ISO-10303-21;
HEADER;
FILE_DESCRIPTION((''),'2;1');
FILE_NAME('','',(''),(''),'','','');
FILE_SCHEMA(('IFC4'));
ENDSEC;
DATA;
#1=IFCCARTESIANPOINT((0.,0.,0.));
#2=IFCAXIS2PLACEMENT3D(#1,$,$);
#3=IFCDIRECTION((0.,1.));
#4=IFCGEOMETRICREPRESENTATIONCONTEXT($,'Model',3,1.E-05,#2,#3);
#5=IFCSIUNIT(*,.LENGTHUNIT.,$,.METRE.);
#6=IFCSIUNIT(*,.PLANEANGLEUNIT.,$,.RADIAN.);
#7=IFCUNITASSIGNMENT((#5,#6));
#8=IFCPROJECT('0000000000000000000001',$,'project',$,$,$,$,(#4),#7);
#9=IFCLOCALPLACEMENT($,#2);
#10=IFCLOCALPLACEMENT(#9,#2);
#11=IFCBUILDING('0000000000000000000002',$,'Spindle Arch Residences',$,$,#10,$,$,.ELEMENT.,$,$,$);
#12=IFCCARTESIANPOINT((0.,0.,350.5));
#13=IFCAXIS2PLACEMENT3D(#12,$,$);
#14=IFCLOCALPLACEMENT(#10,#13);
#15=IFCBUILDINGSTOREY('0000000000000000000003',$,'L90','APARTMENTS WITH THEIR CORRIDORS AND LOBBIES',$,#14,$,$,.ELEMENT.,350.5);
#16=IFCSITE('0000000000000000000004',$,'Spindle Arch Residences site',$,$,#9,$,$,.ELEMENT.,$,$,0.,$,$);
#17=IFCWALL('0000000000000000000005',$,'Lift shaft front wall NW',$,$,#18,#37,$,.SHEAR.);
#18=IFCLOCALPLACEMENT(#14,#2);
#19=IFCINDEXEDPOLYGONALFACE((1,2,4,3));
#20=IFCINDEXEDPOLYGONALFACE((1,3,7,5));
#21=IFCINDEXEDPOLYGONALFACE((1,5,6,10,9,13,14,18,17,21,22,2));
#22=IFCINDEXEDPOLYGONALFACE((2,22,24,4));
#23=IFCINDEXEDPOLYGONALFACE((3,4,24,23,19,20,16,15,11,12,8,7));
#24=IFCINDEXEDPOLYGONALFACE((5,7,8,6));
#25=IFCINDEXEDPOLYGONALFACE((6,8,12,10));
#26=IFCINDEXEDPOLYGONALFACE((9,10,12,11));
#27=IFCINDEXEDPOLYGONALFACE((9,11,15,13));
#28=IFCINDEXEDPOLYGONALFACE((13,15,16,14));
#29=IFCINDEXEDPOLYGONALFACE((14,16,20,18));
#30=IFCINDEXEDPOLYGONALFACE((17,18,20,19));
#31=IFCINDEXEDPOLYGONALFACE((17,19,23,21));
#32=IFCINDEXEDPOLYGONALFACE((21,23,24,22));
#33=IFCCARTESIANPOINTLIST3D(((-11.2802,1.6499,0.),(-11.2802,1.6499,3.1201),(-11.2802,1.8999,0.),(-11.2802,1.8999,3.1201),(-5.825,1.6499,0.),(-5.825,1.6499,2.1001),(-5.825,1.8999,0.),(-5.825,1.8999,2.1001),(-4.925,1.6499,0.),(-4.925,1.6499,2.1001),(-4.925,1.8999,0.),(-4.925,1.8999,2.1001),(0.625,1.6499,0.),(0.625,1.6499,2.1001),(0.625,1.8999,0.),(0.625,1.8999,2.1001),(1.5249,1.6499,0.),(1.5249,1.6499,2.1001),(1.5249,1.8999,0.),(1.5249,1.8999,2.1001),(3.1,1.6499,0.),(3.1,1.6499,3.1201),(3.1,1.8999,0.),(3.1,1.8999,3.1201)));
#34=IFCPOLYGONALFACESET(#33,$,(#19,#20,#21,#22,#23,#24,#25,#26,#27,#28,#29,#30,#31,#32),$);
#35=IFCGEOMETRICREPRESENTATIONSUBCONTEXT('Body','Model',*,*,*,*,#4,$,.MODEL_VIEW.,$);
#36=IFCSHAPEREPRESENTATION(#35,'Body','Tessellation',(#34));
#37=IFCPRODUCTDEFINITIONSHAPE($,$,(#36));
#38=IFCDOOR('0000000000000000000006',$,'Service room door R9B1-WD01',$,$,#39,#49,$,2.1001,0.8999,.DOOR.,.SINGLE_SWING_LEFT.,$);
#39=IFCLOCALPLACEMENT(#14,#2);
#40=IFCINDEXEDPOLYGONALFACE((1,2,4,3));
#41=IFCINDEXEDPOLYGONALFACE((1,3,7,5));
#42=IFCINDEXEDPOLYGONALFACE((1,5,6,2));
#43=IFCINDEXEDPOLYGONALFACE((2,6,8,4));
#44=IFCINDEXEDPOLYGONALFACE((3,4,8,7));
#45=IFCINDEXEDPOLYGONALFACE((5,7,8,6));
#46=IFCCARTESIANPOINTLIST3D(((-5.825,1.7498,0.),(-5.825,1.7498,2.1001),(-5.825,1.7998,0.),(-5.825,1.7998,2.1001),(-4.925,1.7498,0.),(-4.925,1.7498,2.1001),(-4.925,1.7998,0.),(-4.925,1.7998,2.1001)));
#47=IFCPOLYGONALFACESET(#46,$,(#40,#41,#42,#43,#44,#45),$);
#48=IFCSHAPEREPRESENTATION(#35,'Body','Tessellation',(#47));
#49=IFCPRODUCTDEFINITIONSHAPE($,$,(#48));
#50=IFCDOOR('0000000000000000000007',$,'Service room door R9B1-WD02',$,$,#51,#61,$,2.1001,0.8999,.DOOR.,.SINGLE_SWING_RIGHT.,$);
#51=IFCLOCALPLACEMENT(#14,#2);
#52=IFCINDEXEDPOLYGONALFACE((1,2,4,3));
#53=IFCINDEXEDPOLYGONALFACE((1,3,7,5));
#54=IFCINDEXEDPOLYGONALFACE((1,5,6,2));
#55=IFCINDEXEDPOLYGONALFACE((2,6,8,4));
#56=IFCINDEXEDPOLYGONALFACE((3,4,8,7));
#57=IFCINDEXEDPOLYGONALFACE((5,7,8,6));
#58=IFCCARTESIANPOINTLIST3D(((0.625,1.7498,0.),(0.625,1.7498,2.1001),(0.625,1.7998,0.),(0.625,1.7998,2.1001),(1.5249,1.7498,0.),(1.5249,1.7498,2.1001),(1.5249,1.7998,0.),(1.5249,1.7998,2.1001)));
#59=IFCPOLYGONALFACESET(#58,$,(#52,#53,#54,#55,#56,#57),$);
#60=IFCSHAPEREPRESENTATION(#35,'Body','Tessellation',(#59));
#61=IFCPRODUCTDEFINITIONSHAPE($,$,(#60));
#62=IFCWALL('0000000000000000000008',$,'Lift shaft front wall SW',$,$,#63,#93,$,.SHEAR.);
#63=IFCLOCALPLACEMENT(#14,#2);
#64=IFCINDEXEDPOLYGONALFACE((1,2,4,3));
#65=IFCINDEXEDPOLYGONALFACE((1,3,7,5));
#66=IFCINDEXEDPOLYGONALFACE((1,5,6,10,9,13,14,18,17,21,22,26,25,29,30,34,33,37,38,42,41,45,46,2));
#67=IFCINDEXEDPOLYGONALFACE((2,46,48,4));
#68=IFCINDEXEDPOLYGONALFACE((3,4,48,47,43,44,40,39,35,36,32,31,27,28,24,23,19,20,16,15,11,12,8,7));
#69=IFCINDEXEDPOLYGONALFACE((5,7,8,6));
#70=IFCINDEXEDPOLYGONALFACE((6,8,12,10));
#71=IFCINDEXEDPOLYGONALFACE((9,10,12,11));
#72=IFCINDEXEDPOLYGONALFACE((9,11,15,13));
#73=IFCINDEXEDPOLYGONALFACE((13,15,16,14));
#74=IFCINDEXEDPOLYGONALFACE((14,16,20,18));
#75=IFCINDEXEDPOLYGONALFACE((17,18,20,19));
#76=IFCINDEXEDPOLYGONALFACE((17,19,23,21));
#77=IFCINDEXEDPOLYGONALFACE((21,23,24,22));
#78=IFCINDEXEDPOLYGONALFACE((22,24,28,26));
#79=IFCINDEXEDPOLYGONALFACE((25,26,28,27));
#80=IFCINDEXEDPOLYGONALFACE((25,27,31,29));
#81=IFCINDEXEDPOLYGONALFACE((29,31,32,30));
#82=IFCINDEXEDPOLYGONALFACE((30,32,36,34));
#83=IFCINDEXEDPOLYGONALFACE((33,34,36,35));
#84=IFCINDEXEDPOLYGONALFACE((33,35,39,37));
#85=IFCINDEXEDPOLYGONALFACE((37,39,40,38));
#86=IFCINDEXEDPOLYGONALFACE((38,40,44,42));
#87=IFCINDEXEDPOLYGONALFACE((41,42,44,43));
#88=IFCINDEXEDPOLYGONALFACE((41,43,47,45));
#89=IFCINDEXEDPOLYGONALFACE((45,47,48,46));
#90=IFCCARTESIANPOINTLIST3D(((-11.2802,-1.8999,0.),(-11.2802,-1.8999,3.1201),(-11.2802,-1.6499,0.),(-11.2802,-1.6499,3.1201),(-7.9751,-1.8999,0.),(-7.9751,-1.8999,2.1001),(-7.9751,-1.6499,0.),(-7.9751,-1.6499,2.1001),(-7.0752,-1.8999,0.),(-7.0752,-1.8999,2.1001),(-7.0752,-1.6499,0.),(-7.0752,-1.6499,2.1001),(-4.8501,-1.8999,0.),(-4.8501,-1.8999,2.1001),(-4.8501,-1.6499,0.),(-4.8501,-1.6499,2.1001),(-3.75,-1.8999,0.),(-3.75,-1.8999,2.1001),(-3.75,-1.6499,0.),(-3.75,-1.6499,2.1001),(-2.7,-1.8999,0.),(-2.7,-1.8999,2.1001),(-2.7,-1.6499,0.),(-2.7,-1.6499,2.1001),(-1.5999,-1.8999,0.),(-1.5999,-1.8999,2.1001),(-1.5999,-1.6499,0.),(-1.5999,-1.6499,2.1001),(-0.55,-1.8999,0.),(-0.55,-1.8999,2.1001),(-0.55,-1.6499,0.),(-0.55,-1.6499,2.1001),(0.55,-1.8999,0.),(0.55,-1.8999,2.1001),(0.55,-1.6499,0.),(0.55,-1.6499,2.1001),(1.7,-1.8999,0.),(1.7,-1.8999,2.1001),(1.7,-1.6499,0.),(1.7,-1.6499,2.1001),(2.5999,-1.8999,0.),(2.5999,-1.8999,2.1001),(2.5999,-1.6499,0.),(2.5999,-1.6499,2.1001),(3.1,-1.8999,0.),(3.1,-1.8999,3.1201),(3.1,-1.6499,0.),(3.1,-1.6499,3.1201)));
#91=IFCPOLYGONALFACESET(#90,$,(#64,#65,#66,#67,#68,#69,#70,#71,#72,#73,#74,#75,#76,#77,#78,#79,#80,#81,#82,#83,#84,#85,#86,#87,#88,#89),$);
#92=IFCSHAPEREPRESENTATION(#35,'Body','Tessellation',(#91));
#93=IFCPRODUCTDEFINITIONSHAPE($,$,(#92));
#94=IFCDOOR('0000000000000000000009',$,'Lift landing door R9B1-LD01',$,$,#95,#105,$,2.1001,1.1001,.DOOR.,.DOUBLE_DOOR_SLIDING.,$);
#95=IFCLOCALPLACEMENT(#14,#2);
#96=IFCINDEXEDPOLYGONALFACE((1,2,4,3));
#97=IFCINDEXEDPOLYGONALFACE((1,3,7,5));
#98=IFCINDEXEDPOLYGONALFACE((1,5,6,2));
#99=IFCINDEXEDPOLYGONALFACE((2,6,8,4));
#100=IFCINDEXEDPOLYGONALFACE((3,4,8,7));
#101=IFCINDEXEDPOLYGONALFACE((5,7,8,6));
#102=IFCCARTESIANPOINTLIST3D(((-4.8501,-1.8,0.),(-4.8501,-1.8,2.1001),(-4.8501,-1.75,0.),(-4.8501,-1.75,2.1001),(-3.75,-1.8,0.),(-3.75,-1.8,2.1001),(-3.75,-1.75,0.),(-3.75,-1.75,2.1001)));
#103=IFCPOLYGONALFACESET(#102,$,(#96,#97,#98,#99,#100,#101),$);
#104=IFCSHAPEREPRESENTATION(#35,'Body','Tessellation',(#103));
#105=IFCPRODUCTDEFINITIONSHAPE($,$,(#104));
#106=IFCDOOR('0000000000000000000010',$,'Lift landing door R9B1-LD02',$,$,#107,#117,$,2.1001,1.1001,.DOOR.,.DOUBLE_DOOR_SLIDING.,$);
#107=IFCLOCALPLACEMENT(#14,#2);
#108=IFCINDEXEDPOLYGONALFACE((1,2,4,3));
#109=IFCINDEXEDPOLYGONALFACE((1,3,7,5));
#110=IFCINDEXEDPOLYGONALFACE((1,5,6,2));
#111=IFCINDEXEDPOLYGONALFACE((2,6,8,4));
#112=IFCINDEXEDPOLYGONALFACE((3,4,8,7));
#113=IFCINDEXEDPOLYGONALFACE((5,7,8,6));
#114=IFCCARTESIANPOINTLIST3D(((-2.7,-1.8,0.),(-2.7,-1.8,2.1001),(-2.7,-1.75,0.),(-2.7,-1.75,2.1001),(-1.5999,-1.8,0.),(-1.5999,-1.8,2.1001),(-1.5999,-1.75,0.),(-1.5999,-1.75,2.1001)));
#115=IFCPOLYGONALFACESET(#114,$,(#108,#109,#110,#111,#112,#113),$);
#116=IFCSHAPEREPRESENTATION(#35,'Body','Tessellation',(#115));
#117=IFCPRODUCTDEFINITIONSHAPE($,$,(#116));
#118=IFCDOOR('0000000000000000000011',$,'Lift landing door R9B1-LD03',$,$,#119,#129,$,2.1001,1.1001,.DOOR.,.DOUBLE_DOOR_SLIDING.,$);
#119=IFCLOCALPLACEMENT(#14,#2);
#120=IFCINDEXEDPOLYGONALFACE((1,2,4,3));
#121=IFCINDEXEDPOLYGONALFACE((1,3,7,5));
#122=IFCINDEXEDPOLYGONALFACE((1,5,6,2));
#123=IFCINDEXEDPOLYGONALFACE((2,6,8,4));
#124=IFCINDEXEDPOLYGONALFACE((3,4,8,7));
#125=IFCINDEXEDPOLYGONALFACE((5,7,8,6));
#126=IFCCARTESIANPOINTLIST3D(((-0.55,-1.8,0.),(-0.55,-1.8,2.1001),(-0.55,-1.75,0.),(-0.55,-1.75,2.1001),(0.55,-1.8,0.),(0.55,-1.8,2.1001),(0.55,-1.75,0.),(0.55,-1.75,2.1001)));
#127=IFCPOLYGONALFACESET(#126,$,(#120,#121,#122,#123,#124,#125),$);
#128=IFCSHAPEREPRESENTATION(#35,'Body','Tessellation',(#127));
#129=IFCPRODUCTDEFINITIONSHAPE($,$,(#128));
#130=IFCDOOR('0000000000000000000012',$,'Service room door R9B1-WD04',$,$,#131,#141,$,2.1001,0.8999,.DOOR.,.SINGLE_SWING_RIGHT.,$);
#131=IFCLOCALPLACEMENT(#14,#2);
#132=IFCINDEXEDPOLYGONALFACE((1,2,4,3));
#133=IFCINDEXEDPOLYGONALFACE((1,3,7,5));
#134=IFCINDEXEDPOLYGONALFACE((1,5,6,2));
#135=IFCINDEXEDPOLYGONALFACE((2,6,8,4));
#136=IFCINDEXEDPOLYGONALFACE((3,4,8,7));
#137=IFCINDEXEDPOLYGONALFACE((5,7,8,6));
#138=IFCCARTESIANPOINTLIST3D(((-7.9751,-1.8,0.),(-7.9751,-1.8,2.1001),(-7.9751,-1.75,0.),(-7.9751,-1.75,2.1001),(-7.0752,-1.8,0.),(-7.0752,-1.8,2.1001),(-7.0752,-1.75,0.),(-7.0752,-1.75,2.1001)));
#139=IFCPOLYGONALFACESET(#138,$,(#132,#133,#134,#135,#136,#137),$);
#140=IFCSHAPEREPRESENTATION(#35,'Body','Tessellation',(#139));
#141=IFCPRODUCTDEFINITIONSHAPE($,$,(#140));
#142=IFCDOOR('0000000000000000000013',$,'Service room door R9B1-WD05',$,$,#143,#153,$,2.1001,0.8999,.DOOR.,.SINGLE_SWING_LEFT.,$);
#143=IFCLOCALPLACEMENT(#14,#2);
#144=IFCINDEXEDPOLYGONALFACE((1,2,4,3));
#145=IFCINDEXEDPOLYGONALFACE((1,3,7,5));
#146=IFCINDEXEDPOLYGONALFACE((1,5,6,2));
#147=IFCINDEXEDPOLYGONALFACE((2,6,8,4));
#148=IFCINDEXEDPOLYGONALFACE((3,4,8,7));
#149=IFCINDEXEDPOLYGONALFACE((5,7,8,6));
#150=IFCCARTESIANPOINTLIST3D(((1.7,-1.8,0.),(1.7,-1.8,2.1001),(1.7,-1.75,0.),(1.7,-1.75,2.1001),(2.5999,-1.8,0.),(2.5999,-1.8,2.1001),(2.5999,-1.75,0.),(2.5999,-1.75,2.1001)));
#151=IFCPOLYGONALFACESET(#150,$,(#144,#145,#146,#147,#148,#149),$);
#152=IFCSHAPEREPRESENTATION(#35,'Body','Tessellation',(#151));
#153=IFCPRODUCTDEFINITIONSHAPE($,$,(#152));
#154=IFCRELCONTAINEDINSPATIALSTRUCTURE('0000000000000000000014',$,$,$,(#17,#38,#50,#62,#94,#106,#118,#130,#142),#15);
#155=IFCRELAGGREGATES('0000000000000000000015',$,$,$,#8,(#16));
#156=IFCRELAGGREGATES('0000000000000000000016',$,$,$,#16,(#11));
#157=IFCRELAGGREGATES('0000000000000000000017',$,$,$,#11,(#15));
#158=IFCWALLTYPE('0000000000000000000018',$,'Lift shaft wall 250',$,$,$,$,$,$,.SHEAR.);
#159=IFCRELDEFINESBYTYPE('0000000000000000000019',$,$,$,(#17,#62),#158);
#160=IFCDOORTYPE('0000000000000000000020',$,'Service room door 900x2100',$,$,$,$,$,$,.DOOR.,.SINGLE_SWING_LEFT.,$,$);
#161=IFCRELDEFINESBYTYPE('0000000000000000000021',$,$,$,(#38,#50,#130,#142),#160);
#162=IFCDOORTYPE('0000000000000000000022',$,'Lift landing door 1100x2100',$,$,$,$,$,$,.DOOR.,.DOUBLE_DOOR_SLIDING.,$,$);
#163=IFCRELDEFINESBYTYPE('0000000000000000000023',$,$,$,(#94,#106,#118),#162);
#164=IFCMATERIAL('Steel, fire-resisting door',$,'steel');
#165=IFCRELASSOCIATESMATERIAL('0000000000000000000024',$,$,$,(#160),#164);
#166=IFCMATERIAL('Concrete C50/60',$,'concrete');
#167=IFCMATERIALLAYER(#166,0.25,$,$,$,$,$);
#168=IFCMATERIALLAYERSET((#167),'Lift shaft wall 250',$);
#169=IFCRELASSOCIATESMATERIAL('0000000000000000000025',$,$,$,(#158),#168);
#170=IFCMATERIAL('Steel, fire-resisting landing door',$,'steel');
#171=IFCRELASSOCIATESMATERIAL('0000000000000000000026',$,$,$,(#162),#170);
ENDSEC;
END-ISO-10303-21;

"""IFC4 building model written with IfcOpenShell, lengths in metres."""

from ifc_helpers import new_model, si_unit, direction, frame, frame_2d, origin, place, context, subcontext, project, spatial, rectangle, extrude, material, layer, layer_set, type_object, element, fill, save


model = new_model("IFC4")

# Units and contexts
model_context = context("Model", 3, precision=1e-05, world=origin(), true_north=direction((0.0, 1.0)))
body_context = subcontext(model_context, "Body", "Model", "MODEL_VIEW")
ifc_project = project(units=[si_unit("LENGTHUNIT", "METRE"), si_unit("PLANEANGLEUNIT", "RADIAN")], contexts=[model_context])

# Site, building, storey
site_placement = place(None, origin())
site = spatial("IfcSite", under=ifc_project, at=site_placement, Name="Spindle Arch Residences site", CompositionType="ELEMENT", RefElevation=0.0)
building_placement = place(site_placement, origin())
building = spatial("IfcBuilding", under=site, at=building_placement, Name="Spindle Arch Residences", CompositionType="ELEMENT")
storey_placement = place(building_placement, frame((0.0, 0.0, 350.5)))
storey = spatial("IfcBuildingStorey", under=building, at=storey_placement, Name="L90", Description="APARTMENTS WITH THEIR CORRIDORS AND LOBBIES", CompositionType="ELEMENT", Elevation=350.5)

# Shared definitions
ifc_material_1 = material(Name="Steel, fire-resisting door", Category="steel")
door_type_1 = type_object("IfcDoorType", Name="Service room door 900x2100", OperationType="SINGLE_SWING_LEFT", PredefinedType="DOOR", material=ifc_material_1)

# Walls, openings, doors
ifc_material_2 = material(Name="Concrete C50/60", Category="concrete")
ifc_layer_1 = layer(ifc_material_2, 0.25)
ifc_layer_set_1 = layer_set([ifc_layer_1], Name="Lift shaft wall 250")
wall_type_1 = type_object("IfcWallType", Name="Lift shaft wall 250", PredefinedType="SHEAR", material=ifc_layer_set_1)
wall_1_placement = place(storey_placement, frame((-11.28, 1.7749, 0.0), z_axis=(0.0, 0.0, 1.0), x_axis=(1.0, 0.0, 0.0)))
wall_1 = element("IfcWall", 1, at=wall_1_placement, inside=storey, type_object=wall_type_1, Name="Lift shaft front wall NW", PredefinedType="SHEAR", context=body_context, shape_type="SweptSolid", body=[
    extrude(rectangle(XDim=14.3801, YDim=0.25, at=frame_2d((7.1899, 0.0))), origin(), (0.0, 0.0, 1.0), 3.1201),
])
opening_1_placement = place(wall_1_placement, frame((5.4551, 0.0, 0.0)))
opening_1 = element("IfcOpeningElement", 2, at=opening_1_placement, cuts=wall_1, PredefinedType="OPENING", context=body_context, shape_type="SweptSolid", body=[
    extrude(rectangle(XDim=0.8999, YDim=2.1001, at=frame_2d((0.45, 1.05))), frame((0.0, 0.135, 0.0), z_axis=(0.0, -1.0, 0.0), x_axis=(1.0, 0.0, 0.0)), (0.0, 0.0, 1.0), 0.27),
])
opening_2_placement = place(wall_1_placement, frame((11.905, 0.0, 0.0)))
opening_2 = element("IfcOpeningElement", 3, at=opening_2_placement, cuts=wall_1, PredefinedType="OPENING", context=body_context, shape_type="SweptSolid", body=[
    extrude(rectangle(XDim=0.8999, YDim=2.1001, at=frame_2d((0.45, 1.05))), frame((0.0, 0.135, 0.0), z_axis=(0.0, -1.0, 0.0), x_axis=(1.0, 0.0, 0.0)), (0.0, 0.0, 1.0), 0.27),
])
door_1_placement = place(opening_1_placement, origin())
door_1 = element("IfcDoor", 4, at=door_1_placement, inside=storey, type_object=door_type_1, Name="Service room door R9B1-WD01", OperationType="SINGLE_SWING_LEFT", OverallHeight=2.1001, OverallWidth=0.8999, PredefinedType="DOOR", context=body_context, shape_type="SweptSolid", body=[
    extrude(rectangle(XDim=0.8999, YDim=2.1001, at=frame_2d((0.45, 1.05))), frame((0.0, 0.0249, 0.0), z_axis=(0.0, -1.0, 0.0), x_axis=(1.0, 0.0, 0.0)), (0.0, 0.0, 1.0), 0.05),
])
fill(opening_1, door_1)
door_2_placement = place(opening_2_placement, origin())
door_2 = element("IfcDoor", 5, at=door_2_placement, inside=storey, type_object=door_type_1, Name="Service room door R9B1-WD02", OperationType="SINGLE_SWING_RIGHT", OverallHeight=2.1001, OverallWidth=0.8999, PredefinedType="DOOR", context=body_context, shape_type="SweptSolid", body=[
    extrude(rectangle(XDim=0.8999, YDim=2.1001, at=frame_2d((0.45, 1.05))), frame((0.0, 0.0249, 0.0), z_axis=(0.0, -1.0, 0.0), x_axis=(1.0, 0.0, 0.0)), (0.0, 0.0, 1.0), 0.05),
])
fill(opening_2, door_2)
wall_2_placement = place(storey_placement, frame((-11.28, -1.7749, 0.0), z_axis=(0.0, 0.0, 1.0), x_axis=(1.0, 0.0, 0.0)))
wall_2 = element("IfcWall", 6, at=wall_2_placement, inside=storey, type_object=wall_type_1, Name="Lift shaft front wall SW", PredefinedType="SHEAR", context=body_context, shape_type="SweptSolid", body=[
    extrude(rectangle(XDim=14.3801, YDim=0.25, at=frame_2d((7.1899, 0.0))), origin(), (0.0, 0.0, 1.0), 3.1201),
])
opening_3_placement = place(wall_2_placement, frame((6.4299, 0.0, 0.0)))
opening_3 = element("IfcOpeningElement", 7, at=opening_3_placement, cuts=wall_2, PredefinedType="OPENING", context=body_context, shape_type="SweptSolid", body=[
    extrude(rectangle(XDim=1.1001, YDim=2.1001, at=frame_2d((0.55, 1.05))), frame((0.0, 0.135, 0.0), z_axis=(0.0, -1.0, 0.0), x_axis=(1.0, 0.0, 0.0)), (0.0, 0.0, 1.0), 0.27),
])
opening_4_placement = place(wall_2_placement, frame((8.5801, 0.0, 0.0)))
opening_4 = element("IfcOpeningElement", 8, at=opening_4_placement, cuts=wall_2, PredefinedType="OPENING", context=body_context, shape_type="SweptSolid", body=[
    extrude(rectangle(XDim=1.1001, YDim=2.1001, at=frame_2d((0.55, 1.05))), frame((0.0, 0.135, 0.0), z_axis=(0.0, -1.0, 0.0), x_axis=(1.0, 0.0, 0.0)), (0.0, 0.0, 1.0), 0.27),
])
opening_5_placement = place(wall_2_placement, frame((10.73, 0.0, 0.0)))
opening_5 = element("IfcOpeningElement", 9, at=opening_5_placement, cuts=wall_2, PredefinedType="OPENING", context=body_context, shape_type="SweptSolid", body=[
    extrude(rectangle(XDim=1.1001, YDim=2.1001, at=frame_2d((0.55, 1.05))), frame((0.0, 0.135, 0.0), z_axis=(0.0, -1.0, 0.0), x_axis=(1.0, 0.0, 0.0)), (0.0, 0.0, 1.0), 0.27),
])
opening_6_placement = place(wall_2_placement, frame((3.3049, 0.0, 0.0)))
opening_6 = element("IfcOpeningElement", 10, at=opening_6_placement, cuts=wall_2, PredefinedType="OPENING", context=body_context, shape_type="SweptSolid", body=[
    extrude(rectangle(XDim=0.8999, YDim=2.1001, at=frame_2d((0.45, 1.05))), frame((0.0, 0.135, 0.0), z_axis=(0.0, -1.0, 0.0), x_axis=(1.0, 0.0, 0.0)), (0.0, 0.0, 1.0), 0.27),
])
opening_7_placement = place(wall_2_placement, frame((12.98, 0.0, 0.0)))
opening_7 = element("IfcOpeningElement", 11, at=opening_7_placement, cuts=wall_2, PredefinedType="OPENING", context=body_context, shape_type="SweptSolid", body=[
    extrude(rectangle(XDim=0.8999, YDim=2.1001, at=frame_2d((0.45, 1.05))), frame((0.0, 0.135, 0.0), z_axis=(0.0, -1.0, 0.0), x_axis=(1.0, 0.0, 0.0)), (0.0, 0.0, 1.0), 0.27),
])
ifc_material_3 = material(Name="Steel, fire-resisting landing door", Category="steel")
door_type_2 = type_object("IfcDoorType", Name="Lift landing door 1100x2100", OperationType="DOUBLE_DOOR_SLIDING", PredefinedType="DOOR", material=ifc_material_3)
door_3_placement = place(opening_3_placement, origin())
door_3 = element("IfcDoor", 12, at=door_3_placement, inside=storey, type_object=door_type_2, Name="Lift landing door R9B1-LD01", OperationType="DOUBLE_DOOR_SLIDING", OverallHeight=2.1001, OverallWidth=1.1001, PredefinedType="DOOR", context=body_context, shape_type="SweptSolid", body=[
    extrude(rectangle(XDim=1.1001, YDim=2.1001, at=frame_2d((0.55, 1.05))), frame((0.0, 0.0249, 0.0), z_axis=(0.0, -1.0, 0.0), x_axis=(1.0, 0.0, 0.0)), (0.0, 0.0, 1.0), 0.05),
])
fill(opening_3, door_3)
door_4_placement = place(opening_4_placement, origin())
door_4 = element("IfcDoor", 13, at=door_4_placement, inside=storey, type_object=door_type_2, Name="Lift landing door R9B1-LD02", OperationType="DOUBLE_DOOR_SLIDING", OverallHeight=2.1001, OverallWidth=1.1001, PredefinedType="DOOR", context=body_context, shape_type="SweptSolid", body=[
    extrude(rectangle(XDim=1.1001, YDim=2.1001, at=frame_2d((0.55, 1.05))), frame((0.0, 0.0249, 0.0), z_axis=(0.0, -1.0, 0.0), x_axis=(1.0, 0.0, 0.0)), (0.0, 0.0, 1.0), 0.05),
])
fill(opening_4, door_4)
door_5_placement = place(opening_5_placement, origin())
door_5 = element("IfcDoor", 14, at=door_5_placement, inside=storey, type_object=door_type_2, Name="Lift landing door R9B1-LD03", OperationType="DOUBLE_DOOR_SLIDING", OverallHeight=2.1001, OverallWidth=1.1001, PredefinedType="DOOR", context=body_context, shape_type="SweptSolid", body=[
    extrude(rectangle(XDim=1.1001, YDim=2.1001, at=frame_2d((0.55, 1.05))), frame((0.0, 0.0249, 0.0), z_axis=(0.0, -1.0, 0.0), x_axis=(1.0, 0.0, 0.0)), (0.0, 0.0, 1.0), 0.05),
])
fill(opening_5, door_5)
door_6_placement = place(opening_6_placement, origin())
door_6 = element("IfcDoor", 15, at=door_6_placement, inside=storey, type_object=door_type_1, Name="Service room door R9B1-WD04", OperationType="SINGLE_SWING_RIGHT", OverallHeight=2.1001, OverallWidth=0.8999, PredefinedType="DOOR", context=body_context, shape_type="SweptSolid", body=[
    extrude(rectangle(XDim=0.8999, YDim=2.1001, at=frame_2d((0.45, 1.05))), frame((0.0, 0.0249, 0.0), z_axis=(0.0, -1.0, 0.0), x_axis=(1.0, 0.0, 0.0)), (0.0, 0.0, 1.0), 0.05),
])
fill(opening_6, door_6)
door_7_placement = place(opening_7_placement, origin())
door_7 = element("IfcDoor", 16, at=door_7_placement, inside=storey, type_object=door_type_1, Name="Service room door R9B1-WD05", OperationType="SINGLE_SWING_LEFT", OverallHeight=2.1001, OverallWidth=0.8999, PredefinedType="DOOR", context=body_context, shape_type="SweptSolid", body=[
    extrude(rectangle(XDim=0.8999, YDim=2.1001, at=frame_2d((0.45, 1.05))), frame((0.0, 0.0249, 0.0), z_axis=(0.0, -1.0, 0.0), x_axis=(1.0, 0.0, 0.0)), (0.0, 0.0, 1.0), 0.05),
])
fill(opening_7, door_7)

save(model, "model.ifc")
